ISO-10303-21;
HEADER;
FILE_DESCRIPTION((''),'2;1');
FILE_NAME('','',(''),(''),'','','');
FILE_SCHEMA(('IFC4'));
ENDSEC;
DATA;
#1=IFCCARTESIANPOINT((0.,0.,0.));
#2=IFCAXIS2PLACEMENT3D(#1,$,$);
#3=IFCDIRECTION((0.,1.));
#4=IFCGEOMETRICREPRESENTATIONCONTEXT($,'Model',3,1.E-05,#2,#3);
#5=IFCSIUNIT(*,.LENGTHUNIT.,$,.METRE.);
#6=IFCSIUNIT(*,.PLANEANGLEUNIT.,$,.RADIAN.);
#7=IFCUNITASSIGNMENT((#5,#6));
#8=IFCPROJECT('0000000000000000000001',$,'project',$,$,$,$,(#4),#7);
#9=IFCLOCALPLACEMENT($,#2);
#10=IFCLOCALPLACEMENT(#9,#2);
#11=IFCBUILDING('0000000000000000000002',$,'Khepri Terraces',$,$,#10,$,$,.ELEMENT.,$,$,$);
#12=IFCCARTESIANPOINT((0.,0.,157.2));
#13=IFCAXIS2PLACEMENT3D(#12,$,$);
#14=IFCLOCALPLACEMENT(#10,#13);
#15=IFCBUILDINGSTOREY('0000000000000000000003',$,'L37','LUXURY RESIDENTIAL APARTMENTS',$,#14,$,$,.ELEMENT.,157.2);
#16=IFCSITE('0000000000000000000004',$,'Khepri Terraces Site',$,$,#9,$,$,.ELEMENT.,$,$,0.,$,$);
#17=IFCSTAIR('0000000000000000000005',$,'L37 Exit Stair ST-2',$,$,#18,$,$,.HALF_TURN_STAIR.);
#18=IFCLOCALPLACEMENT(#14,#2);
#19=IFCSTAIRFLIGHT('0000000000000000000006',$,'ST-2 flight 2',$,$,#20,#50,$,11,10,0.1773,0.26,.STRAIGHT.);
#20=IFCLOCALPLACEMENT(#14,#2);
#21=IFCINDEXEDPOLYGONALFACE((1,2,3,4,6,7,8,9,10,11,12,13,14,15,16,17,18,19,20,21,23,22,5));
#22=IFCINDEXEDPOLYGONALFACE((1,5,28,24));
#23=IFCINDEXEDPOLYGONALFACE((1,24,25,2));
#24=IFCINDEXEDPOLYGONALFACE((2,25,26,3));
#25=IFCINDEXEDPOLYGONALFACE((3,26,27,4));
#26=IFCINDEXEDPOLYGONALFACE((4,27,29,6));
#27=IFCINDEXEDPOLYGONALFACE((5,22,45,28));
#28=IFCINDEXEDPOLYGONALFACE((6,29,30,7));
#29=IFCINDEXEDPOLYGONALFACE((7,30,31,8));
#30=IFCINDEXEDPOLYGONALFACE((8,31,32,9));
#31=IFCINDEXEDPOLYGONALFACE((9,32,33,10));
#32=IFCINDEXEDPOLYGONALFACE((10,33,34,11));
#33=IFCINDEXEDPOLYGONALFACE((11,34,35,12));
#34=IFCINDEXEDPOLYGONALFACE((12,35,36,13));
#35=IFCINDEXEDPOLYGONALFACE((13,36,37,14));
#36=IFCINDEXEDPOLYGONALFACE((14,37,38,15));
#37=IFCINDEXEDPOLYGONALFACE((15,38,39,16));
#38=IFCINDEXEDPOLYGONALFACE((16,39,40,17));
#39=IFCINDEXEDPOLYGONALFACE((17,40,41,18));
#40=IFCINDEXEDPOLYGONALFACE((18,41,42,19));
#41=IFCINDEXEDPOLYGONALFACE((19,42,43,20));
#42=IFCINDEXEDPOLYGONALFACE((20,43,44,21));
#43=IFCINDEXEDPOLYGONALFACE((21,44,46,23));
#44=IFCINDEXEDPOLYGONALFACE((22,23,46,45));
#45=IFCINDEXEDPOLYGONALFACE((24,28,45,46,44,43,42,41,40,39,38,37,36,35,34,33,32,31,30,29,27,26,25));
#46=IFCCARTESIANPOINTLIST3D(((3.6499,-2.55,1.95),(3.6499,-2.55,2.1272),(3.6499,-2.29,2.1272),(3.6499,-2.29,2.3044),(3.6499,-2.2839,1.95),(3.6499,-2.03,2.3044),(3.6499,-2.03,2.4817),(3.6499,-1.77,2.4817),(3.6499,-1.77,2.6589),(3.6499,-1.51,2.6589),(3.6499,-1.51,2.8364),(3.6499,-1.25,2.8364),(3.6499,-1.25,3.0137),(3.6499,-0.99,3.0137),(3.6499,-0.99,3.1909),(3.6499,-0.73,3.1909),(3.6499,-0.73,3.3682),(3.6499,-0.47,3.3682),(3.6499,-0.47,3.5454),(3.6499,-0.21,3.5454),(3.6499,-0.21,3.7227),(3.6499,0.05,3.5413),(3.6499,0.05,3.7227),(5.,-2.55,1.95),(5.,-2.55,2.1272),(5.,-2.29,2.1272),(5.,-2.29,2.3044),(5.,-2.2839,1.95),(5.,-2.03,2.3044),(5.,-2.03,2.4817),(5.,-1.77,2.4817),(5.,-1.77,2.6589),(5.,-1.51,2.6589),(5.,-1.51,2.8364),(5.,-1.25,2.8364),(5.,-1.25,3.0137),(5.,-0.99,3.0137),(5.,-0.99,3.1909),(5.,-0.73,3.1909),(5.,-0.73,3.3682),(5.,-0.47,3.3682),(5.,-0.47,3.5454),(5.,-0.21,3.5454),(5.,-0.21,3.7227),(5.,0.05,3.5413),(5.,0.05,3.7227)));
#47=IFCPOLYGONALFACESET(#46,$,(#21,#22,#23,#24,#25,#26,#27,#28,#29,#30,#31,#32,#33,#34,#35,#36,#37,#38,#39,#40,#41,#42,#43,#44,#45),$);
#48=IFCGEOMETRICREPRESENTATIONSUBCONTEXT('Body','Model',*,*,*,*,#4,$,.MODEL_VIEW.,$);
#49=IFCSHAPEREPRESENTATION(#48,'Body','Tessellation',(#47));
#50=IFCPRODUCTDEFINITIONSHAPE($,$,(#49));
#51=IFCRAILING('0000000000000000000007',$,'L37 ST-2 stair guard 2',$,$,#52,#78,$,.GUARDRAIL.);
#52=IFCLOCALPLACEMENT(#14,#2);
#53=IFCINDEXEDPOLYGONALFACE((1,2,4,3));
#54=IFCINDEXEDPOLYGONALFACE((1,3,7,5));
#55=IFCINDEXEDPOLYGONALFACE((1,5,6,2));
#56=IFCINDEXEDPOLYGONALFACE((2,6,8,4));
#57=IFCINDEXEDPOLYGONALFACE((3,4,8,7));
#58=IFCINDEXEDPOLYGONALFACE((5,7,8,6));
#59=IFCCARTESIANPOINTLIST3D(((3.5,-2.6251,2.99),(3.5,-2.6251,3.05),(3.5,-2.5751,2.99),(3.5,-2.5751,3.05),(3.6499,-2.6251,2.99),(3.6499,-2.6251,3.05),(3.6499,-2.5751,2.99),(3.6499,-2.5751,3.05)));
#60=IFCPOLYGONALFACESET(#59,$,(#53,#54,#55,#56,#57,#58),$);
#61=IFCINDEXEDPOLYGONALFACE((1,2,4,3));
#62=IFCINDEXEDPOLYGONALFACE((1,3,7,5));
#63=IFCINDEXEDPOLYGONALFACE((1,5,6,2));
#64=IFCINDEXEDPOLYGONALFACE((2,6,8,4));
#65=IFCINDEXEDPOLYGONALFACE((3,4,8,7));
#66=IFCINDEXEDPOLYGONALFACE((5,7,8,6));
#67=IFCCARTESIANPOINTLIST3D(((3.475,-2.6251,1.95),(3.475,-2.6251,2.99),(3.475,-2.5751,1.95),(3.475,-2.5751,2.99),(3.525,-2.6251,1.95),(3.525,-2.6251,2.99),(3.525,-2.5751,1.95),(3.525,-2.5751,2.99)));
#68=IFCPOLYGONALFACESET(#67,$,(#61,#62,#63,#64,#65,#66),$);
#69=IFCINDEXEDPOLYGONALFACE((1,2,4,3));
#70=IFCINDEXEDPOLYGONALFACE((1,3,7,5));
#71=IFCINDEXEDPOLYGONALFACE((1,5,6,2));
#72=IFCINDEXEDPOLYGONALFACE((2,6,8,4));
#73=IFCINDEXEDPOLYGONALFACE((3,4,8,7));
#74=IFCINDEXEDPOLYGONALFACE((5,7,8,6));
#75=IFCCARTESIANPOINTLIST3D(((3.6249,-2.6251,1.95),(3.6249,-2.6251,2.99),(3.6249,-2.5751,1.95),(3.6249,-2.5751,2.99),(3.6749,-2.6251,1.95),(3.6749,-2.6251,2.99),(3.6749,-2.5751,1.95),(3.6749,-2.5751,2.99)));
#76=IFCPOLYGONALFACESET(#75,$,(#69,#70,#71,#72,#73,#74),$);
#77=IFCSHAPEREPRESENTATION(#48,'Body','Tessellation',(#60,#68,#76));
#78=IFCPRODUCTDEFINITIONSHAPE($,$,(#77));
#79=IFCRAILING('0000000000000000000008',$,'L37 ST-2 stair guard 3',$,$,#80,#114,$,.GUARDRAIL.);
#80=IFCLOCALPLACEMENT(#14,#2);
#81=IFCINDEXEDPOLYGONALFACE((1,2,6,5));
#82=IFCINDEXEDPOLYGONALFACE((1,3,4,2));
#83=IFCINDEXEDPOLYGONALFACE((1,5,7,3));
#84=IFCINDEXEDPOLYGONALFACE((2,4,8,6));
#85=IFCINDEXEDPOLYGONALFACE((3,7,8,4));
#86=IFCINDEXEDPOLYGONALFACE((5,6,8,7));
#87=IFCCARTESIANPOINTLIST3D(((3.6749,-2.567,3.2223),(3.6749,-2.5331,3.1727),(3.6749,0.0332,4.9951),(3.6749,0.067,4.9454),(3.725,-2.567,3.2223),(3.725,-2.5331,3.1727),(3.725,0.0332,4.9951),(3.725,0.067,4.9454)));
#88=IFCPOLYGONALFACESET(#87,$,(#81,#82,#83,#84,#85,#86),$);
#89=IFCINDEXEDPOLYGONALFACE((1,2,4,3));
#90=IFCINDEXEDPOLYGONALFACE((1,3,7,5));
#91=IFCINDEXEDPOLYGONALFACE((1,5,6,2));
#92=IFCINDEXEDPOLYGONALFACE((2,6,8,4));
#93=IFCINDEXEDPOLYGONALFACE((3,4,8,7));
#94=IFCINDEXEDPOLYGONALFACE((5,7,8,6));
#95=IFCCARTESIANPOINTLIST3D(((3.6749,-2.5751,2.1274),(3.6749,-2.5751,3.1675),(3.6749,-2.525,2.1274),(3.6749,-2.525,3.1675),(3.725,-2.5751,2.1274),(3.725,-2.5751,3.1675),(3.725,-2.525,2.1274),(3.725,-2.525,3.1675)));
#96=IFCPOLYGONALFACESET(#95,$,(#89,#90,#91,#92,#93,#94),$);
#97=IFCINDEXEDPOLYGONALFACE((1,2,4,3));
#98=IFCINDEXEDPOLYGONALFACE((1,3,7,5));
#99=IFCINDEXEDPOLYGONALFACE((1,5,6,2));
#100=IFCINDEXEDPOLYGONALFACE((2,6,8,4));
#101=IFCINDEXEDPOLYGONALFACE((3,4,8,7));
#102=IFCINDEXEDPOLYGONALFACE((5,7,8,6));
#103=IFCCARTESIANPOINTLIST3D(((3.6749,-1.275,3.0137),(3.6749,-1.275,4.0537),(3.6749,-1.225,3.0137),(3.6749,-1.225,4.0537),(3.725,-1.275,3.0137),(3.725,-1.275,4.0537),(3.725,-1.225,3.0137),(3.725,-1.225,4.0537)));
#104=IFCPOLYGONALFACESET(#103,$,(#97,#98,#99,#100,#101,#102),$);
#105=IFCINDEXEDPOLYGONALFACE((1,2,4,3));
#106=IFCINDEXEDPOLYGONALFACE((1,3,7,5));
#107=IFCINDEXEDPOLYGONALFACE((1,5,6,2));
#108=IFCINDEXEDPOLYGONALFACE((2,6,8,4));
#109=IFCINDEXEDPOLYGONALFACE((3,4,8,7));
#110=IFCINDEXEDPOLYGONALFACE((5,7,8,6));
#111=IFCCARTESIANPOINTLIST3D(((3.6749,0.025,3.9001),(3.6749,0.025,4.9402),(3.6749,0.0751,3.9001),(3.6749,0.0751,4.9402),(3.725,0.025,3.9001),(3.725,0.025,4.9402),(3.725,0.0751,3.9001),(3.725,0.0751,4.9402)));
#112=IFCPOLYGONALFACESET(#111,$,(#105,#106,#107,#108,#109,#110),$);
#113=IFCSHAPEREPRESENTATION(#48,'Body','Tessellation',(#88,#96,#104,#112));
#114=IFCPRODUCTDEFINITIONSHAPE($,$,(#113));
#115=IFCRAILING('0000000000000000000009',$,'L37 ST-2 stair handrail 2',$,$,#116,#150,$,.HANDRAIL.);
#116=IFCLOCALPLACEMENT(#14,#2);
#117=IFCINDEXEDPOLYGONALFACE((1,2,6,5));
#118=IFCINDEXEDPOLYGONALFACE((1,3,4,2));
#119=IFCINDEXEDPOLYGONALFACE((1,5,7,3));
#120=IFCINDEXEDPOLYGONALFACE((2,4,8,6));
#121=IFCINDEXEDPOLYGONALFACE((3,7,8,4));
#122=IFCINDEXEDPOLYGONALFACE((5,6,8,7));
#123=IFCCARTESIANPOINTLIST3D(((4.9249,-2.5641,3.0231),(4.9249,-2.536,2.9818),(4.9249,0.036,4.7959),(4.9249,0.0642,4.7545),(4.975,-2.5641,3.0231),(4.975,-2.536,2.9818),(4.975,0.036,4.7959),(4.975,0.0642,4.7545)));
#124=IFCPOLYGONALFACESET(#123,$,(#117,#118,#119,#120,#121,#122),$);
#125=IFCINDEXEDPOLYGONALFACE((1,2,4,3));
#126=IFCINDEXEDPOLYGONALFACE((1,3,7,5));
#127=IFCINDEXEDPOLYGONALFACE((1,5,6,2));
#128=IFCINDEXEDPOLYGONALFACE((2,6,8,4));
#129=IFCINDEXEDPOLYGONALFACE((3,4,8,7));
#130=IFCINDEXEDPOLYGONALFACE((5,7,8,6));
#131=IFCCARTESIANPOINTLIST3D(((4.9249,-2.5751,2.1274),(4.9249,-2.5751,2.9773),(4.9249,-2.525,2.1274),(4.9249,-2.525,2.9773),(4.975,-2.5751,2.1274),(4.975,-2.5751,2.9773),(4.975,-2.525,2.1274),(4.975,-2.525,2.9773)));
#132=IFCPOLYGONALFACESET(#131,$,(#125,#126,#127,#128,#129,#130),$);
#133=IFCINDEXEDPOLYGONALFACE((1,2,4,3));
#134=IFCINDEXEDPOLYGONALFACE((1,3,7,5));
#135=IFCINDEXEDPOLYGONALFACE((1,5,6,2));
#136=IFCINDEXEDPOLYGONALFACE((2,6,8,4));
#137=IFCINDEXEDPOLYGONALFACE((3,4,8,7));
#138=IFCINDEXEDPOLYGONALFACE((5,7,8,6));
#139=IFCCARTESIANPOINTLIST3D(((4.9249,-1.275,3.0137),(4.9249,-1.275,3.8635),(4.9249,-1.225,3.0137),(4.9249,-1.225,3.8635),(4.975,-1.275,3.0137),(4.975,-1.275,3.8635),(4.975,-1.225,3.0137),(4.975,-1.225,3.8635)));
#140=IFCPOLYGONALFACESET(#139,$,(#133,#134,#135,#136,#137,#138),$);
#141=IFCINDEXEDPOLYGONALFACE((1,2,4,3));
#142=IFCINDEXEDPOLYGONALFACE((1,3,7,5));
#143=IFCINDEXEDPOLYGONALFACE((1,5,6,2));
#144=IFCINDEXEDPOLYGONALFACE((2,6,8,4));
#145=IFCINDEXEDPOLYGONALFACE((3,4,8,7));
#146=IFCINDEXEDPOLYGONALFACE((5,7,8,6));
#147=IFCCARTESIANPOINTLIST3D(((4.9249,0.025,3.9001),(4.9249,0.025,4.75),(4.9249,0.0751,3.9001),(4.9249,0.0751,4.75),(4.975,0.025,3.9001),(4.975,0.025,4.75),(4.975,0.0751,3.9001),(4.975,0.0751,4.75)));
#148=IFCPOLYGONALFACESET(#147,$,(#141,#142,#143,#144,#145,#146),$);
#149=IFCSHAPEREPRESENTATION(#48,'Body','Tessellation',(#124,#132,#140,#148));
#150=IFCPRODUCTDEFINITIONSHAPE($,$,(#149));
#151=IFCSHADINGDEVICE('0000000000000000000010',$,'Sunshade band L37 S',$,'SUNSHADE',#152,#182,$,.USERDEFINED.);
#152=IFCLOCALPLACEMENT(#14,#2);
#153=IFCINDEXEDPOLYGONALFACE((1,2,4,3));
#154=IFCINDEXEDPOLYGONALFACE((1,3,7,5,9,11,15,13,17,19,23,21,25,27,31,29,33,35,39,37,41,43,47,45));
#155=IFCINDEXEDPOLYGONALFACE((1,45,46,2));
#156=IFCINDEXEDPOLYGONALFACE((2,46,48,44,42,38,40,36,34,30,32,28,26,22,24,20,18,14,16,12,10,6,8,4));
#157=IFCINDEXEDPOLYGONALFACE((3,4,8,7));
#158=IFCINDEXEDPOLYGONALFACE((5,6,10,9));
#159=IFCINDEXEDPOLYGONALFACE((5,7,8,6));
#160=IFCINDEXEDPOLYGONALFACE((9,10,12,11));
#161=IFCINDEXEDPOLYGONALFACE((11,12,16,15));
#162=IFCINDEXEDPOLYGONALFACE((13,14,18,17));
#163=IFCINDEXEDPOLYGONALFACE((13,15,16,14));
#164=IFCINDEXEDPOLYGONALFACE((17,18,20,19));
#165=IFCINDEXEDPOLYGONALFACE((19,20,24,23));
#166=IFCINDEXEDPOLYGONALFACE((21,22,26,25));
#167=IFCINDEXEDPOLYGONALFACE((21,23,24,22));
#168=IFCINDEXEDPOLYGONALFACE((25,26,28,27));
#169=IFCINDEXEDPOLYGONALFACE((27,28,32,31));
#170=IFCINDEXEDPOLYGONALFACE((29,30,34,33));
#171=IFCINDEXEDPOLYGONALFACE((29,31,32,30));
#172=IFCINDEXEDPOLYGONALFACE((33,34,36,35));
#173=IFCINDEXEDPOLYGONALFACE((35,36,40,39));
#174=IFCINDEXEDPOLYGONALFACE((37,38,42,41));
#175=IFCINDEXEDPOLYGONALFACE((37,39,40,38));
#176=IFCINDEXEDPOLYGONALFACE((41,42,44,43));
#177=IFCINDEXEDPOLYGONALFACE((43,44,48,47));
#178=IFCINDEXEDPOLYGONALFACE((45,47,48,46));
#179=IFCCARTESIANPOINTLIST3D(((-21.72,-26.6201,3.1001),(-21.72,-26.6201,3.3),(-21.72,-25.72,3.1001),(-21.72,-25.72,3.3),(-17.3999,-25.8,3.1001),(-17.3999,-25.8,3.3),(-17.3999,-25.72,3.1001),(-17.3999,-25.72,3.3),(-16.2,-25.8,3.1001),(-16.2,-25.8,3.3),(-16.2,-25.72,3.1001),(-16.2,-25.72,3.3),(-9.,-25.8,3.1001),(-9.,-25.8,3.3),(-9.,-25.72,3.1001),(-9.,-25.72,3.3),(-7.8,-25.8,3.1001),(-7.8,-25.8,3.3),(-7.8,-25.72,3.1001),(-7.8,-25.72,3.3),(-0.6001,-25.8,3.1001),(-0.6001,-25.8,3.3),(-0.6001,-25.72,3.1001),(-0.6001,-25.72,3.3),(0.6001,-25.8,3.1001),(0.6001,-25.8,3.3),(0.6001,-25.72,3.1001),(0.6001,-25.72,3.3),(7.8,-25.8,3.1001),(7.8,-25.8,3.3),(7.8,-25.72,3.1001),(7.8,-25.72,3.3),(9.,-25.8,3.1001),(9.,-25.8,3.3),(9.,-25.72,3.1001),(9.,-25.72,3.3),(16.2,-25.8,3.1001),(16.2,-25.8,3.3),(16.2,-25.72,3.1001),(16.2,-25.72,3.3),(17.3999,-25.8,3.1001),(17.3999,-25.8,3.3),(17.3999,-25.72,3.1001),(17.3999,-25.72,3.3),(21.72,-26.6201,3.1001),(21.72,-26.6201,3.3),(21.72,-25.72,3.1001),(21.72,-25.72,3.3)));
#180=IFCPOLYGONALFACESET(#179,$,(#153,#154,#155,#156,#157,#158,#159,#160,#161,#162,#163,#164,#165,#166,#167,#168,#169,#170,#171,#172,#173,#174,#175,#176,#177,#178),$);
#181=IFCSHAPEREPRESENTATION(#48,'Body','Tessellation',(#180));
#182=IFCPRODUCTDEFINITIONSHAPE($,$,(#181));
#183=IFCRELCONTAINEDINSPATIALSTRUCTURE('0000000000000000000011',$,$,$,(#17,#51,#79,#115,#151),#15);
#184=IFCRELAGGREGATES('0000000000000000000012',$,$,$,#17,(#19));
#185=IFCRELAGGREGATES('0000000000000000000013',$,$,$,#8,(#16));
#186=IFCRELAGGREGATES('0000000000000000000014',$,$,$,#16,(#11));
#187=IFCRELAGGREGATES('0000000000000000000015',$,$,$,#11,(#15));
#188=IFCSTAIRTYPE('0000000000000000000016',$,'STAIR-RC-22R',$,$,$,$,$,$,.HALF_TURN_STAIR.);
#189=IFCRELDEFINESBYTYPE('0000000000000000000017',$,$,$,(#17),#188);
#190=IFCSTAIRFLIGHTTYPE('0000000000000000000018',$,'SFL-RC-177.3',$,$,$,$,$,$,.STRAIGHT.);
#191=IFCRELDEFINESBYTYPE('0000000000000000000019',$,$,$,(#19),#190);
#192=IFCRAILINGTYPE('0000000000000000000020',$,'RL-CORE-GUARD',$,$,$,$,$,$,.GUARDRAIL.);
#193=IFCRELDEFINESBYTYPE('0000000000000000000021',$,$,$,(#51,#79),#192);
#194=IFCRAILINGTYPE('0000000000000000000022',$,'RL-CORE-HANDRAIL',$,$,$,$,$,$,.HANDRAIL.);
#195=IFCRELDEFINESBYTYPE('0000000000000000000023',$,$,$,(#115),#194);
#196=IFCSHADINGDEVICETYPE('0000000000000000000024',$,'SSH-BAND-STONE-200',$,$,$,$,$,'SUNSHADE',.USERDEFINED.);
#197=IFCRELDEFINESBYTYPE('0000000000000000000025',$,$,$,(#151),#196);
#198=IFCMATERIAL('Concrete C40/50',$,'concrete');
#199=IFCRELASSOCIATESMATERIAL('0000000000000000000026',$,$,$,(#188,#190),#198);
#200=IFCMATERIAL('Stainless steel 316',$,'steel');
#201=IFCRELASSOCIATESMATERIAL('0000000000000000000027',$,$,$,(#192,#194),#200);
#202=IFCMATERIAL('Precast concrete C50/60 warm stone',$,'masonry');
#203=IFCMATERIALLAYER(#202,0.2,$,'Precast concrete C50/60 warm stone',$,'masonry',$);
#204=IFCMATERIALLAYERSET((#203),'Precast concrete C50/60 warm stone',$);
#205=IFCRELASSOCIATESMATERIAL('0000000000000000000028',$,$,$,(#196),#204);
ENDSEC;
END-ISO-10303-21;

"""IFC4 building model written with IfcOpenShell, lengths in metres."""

from ifc_helpers import new_model, si_unit, direction, frame, origin, origin_2d, place, context, subcontext, project, spatial, polyline, rectangle, outline, extrude, material, layer, layer_set, type_object, element, aggregate, save


model = new_model("IFC4")

# Units and contexts
model_context = context("Model", 3, precision=1e-05, world=origin(), true_north=direction((0.0, 1.0)))
body_context = subcontext(model_context, "Body", "Model", "MODEL_VIEW")
ifc_project = project(units=[si_unit("LENGTHUNIT", "METRE"), si_unit("PLANEANGLEUNIT", "RADIAN")], contexts=[model_context])

# Site, building, storey
site_placement = place(None, origin())
site = spatial("IfcSite", under=ifc_project, at=site_placement, Name="Khepri Terraces Site", CompositionType="ELEMENT", RefElevation=0.0)
building_placement = place(site_placement, origin())
building = spatial("IfcBuilding", under=site, at=building_placement, Name="Khepri Terraces", CompositionType="ELEMENT")
storey_placement = place(building_placement, frame((0.0, 0.0, 157.2)))
storey = spatial("IfcBuildingStorey", under=building, at=storey_placement, Name="L37", Description="LUXURY RESIDENTIAL APARTMENTS", CompositionType="ELEMENT", Elevation=157.2)

# Shared definitions
ifc_material_1 = material(Name="Precast concrete C50/60 warm stone", Category="masonry")

# Shared definitions
ifc_material_2 = material(Name="Concrete C40/50", Category="concrete")
stair_type = type_object("IfcStairType", Name="STAIR-RC-22R", PredefinedType="HALF_TURN_STAIR", material=ifc_material_2)

# Stair, stair flight
stair_1_placement = place(storey_placement, origin())
stair_1 = element("IfcStair", 1, at=stair_1_placement, inside=storey, type_object=stair_type, Name="L37 Exit Stair ST-2", PredefinedType="HALF_TURN_STAIR")
stair_flight_type = type_object("IfcStairFlightType", Name="SFL-RC-177.3", PredefinedType="STRAIGHT", material=ifc_material_2)
stair_flight_placement = place(storey_placement, frame((4.325, -2.55, 1.95), z_axis=(0.0, 0.0, 1.0), x_axis=(0.0, 1.0, 0.0)))
stair_flight = element("IfcStairFlight", 2, at=stair_flight_placement, type_object=stair_flight_type, Name="ST-2 flight 2", NumberOfRisers=11, NumberOfTreads=10, PredefinedType="STRAIGHT", RiserHeight=0.1773, TreadLength=0.26, context=body_context, shape_type="SweptSolid", body=[
    extrude(outline(polyline([(0.0, 0.0), (0.0, 0.1772), (0.26, 0.1772), (0.26, 0.3545), (0.52, 0.3545), (0.52, 0.5317), (0.78, 0.5317), (0.78, 0.709), (1.04, 0.709), (1.04, 0.8865), (1.3, 0.8865), (1.3, 1.0637), (1.5601, 1.0637), (1.5601, 1.241), (1.8201, 1.241), (1.8201, 1.4182), (2.0801, 1.4182), (2.0801, 1.5955), (2.3401, 1.5955), (2.3401, 1.7727), (2.6001, 1.7727), (2.6001, 1.95), (2.6001, 1.5913), (0.2661, 0.0), (0.0, 0.0)])), frame((0.0, 0.675, 0.0), z_axis=(0.0, -1.0, 0.0), x_axis=(1.0, 0.0, 0.0)), (0.0, 0.0, 1.0), 1.3501),
])
aggregate(stair_1, [stair_flight])

# Railings
ifc_material_3 = material(Name="Stainless steel 316", Category="steel")
railing_type_1 = type_object("IfcRailingType", Name="RL-CORE-GUARD", PredefinedType="GUARDRAIL", material=ifc_material_3)
railing_1_placement = place(storey_placement, frame((3.5, -2.6001, 1.95)))
element("IfcRailing", 3, at=railing_1_placement, inside=storey, type_object=railing_type_1, Name="L37 ST-2 stair guard 2", PredefinedType="GUARDRAIL", context=body_context, shape_type="SweptSolid", body=[
    extrude(rectangle(XDim=0.05, YDim=0.0601, at=origin_2d()), frame((0.0, 0.0, 1.0701), z_axis=(1.0, 0.0, 0.0), x_axis=(0.0, 1.0, 0.0)), (0.0, 0.0, 1.0), 0.1499),
    extrude(rectangle(XDim=0.05, YDim=0.05, at=origin_2d()), origin(), (0.0, 0.0, 1.0), 1.04),
    extrude(rectangle(XDim=0.05, YDim=0.05, at=origin_2d()), frame((0.1499, 0.0, 0.0)), (0.0, 0.0, 1.0), 1.04),
])
railing_2_placement = place(storey_placement, frame((3.7, -2.55, 2.1274)))
element("IfcRailing", 4, at=railing_2_placement, inside=storey, type_object=railing_type_1, Name="L37 ST-2 stair guard 3", PredefinedType="GUARDRAIL", context=body_context, shape_type="SweptSolid", body=[
    extrude(rectangle(XDim=0.05, YDim=0.0601, at=origin_2d()), frame((0.0, 0.0, 1.0701), z_axis=(0.0, 0.82624, 0.563318), x_axis=(-1.0, 0.0, 0.0)), (0.0, 0.0, 1.0), 3.147),
    extrude(rectangle(XDim=0.05, YDim=0.05, at=origin_2d()), origin(), (0.0, 0.0, 1.0), 1.04),
    extrude(rectangle(XDim=0.05, YDim=0.05, at=origin_2d()), frame((0.0, 1.3, 0.8862)), (0.0, 0.0, 1.0), 1.04),
    extrude(rectangle(XDim=0.05, YDim=0.05, at=origin_2d()), frame((0.0, 2.6001, 1.7727)), (0.0, 0.0, 1.0), 1.04),
])
railing_type_2 = type_object("IfcRailingType", Name="RL-CORE-HANDRAIL", PredefinedType="HANDRAIL", material=ifc_material_3)
railing_3_placement = place(storey_placement, frame((4.95, -2.55, 2.1274)))
element("IfcRailing", 5, at=railing_3_placement, inside=storey, type_object=railing_type_2, Name="L37 ST-2 stair handrail 2", PredefinedType="HANDRAIL", context=body_context, shape_type="SweptSolid", body=[
    extrude(rectangle(XDim=0.05, YDim=0.05, at=origin_2d()), frame((0.0, 0.0, 0.875), z_axis=(0.0, 0.82624, 0.563318), x_axis=(-1.0, 0.0, 0.0)), (0.0, 0.0, 1.0), 3.147),
    extrude(rectangle(XDim=0.05, YDim=0.05, at=origin_2d()), origin(), (0.0, 0.0, 1.0), 0.8499),
    extrude(rectangle(XDim=0.05, YDim=0.05, at=origin_2d()), frame((0.0, 1.3, 0.8862)), (0.0, 0.0, 1.0), 0.8499),
    extrude(rectangle(XDim=0.05, YDim=0.05, at=origin_2d()), frame((0.0, 2.6001, 1.7727)), (0.0, 0.0, 1.0), 0.8499),
])

# Shading device
ifc_layer_1 = layer(ifc_material_1, 0.2, Name="Precast concrete C50/60 warm stone", Category="masonry")
ifc_layer_set_1 = layer_set([ifc_layer_1], Name="Precast concrete C50/60 warm stone")
shading_device_type_1 = type_object("IfcShadingDeviceType", Name="SSH-BAND-STONE-200", ElementType="SUNSHADE", PredefinedType="USERDEFINED", material=ifc_layer_set_1)
shading_device_1_placement = place(storey_placement, frame((0.0, 0.0, 3.1001)))
element("IfcShadingDevice", 6, at=shading_device_1_placement, inside=storey, type_object=shading_device_type_1, Name="Sunshade band L37 S", ObjectType="SUNSHADE", PredefinedType="USERDEFINED", context=body_context, shape_type="SweptSolid", body=[
    extrude(outline(polyline([(-17.3999, -25.72), (-21.72, -25.72), (-21.72, -26.6201), (21.72, -26.6201), (21.72, -25.72), (17.3999, -25.72), (17.3999, -25.8), (16.2, -25.8), (16.2, -25.72), (9.0, -25.72), (9.0, -25.8), (7.8, -25.8), (7.8, -25.72), (0.6001, -25.72), (0.6001, -25.8), (-0.6001, -25.8), (-0.6001, -25.72), (-7.8, -25.72), (-7.8, -25.8), (-9.0, -25.8), (-9.0, -25.72), (-16.2, -25.72), (-16.2, -25.8), (-17.3999, -25.8), (-17.3999, -25.72)])), origin(), (0.0, 0.0, 1.0), 0.2),
])

save(model, "model.ifc")
